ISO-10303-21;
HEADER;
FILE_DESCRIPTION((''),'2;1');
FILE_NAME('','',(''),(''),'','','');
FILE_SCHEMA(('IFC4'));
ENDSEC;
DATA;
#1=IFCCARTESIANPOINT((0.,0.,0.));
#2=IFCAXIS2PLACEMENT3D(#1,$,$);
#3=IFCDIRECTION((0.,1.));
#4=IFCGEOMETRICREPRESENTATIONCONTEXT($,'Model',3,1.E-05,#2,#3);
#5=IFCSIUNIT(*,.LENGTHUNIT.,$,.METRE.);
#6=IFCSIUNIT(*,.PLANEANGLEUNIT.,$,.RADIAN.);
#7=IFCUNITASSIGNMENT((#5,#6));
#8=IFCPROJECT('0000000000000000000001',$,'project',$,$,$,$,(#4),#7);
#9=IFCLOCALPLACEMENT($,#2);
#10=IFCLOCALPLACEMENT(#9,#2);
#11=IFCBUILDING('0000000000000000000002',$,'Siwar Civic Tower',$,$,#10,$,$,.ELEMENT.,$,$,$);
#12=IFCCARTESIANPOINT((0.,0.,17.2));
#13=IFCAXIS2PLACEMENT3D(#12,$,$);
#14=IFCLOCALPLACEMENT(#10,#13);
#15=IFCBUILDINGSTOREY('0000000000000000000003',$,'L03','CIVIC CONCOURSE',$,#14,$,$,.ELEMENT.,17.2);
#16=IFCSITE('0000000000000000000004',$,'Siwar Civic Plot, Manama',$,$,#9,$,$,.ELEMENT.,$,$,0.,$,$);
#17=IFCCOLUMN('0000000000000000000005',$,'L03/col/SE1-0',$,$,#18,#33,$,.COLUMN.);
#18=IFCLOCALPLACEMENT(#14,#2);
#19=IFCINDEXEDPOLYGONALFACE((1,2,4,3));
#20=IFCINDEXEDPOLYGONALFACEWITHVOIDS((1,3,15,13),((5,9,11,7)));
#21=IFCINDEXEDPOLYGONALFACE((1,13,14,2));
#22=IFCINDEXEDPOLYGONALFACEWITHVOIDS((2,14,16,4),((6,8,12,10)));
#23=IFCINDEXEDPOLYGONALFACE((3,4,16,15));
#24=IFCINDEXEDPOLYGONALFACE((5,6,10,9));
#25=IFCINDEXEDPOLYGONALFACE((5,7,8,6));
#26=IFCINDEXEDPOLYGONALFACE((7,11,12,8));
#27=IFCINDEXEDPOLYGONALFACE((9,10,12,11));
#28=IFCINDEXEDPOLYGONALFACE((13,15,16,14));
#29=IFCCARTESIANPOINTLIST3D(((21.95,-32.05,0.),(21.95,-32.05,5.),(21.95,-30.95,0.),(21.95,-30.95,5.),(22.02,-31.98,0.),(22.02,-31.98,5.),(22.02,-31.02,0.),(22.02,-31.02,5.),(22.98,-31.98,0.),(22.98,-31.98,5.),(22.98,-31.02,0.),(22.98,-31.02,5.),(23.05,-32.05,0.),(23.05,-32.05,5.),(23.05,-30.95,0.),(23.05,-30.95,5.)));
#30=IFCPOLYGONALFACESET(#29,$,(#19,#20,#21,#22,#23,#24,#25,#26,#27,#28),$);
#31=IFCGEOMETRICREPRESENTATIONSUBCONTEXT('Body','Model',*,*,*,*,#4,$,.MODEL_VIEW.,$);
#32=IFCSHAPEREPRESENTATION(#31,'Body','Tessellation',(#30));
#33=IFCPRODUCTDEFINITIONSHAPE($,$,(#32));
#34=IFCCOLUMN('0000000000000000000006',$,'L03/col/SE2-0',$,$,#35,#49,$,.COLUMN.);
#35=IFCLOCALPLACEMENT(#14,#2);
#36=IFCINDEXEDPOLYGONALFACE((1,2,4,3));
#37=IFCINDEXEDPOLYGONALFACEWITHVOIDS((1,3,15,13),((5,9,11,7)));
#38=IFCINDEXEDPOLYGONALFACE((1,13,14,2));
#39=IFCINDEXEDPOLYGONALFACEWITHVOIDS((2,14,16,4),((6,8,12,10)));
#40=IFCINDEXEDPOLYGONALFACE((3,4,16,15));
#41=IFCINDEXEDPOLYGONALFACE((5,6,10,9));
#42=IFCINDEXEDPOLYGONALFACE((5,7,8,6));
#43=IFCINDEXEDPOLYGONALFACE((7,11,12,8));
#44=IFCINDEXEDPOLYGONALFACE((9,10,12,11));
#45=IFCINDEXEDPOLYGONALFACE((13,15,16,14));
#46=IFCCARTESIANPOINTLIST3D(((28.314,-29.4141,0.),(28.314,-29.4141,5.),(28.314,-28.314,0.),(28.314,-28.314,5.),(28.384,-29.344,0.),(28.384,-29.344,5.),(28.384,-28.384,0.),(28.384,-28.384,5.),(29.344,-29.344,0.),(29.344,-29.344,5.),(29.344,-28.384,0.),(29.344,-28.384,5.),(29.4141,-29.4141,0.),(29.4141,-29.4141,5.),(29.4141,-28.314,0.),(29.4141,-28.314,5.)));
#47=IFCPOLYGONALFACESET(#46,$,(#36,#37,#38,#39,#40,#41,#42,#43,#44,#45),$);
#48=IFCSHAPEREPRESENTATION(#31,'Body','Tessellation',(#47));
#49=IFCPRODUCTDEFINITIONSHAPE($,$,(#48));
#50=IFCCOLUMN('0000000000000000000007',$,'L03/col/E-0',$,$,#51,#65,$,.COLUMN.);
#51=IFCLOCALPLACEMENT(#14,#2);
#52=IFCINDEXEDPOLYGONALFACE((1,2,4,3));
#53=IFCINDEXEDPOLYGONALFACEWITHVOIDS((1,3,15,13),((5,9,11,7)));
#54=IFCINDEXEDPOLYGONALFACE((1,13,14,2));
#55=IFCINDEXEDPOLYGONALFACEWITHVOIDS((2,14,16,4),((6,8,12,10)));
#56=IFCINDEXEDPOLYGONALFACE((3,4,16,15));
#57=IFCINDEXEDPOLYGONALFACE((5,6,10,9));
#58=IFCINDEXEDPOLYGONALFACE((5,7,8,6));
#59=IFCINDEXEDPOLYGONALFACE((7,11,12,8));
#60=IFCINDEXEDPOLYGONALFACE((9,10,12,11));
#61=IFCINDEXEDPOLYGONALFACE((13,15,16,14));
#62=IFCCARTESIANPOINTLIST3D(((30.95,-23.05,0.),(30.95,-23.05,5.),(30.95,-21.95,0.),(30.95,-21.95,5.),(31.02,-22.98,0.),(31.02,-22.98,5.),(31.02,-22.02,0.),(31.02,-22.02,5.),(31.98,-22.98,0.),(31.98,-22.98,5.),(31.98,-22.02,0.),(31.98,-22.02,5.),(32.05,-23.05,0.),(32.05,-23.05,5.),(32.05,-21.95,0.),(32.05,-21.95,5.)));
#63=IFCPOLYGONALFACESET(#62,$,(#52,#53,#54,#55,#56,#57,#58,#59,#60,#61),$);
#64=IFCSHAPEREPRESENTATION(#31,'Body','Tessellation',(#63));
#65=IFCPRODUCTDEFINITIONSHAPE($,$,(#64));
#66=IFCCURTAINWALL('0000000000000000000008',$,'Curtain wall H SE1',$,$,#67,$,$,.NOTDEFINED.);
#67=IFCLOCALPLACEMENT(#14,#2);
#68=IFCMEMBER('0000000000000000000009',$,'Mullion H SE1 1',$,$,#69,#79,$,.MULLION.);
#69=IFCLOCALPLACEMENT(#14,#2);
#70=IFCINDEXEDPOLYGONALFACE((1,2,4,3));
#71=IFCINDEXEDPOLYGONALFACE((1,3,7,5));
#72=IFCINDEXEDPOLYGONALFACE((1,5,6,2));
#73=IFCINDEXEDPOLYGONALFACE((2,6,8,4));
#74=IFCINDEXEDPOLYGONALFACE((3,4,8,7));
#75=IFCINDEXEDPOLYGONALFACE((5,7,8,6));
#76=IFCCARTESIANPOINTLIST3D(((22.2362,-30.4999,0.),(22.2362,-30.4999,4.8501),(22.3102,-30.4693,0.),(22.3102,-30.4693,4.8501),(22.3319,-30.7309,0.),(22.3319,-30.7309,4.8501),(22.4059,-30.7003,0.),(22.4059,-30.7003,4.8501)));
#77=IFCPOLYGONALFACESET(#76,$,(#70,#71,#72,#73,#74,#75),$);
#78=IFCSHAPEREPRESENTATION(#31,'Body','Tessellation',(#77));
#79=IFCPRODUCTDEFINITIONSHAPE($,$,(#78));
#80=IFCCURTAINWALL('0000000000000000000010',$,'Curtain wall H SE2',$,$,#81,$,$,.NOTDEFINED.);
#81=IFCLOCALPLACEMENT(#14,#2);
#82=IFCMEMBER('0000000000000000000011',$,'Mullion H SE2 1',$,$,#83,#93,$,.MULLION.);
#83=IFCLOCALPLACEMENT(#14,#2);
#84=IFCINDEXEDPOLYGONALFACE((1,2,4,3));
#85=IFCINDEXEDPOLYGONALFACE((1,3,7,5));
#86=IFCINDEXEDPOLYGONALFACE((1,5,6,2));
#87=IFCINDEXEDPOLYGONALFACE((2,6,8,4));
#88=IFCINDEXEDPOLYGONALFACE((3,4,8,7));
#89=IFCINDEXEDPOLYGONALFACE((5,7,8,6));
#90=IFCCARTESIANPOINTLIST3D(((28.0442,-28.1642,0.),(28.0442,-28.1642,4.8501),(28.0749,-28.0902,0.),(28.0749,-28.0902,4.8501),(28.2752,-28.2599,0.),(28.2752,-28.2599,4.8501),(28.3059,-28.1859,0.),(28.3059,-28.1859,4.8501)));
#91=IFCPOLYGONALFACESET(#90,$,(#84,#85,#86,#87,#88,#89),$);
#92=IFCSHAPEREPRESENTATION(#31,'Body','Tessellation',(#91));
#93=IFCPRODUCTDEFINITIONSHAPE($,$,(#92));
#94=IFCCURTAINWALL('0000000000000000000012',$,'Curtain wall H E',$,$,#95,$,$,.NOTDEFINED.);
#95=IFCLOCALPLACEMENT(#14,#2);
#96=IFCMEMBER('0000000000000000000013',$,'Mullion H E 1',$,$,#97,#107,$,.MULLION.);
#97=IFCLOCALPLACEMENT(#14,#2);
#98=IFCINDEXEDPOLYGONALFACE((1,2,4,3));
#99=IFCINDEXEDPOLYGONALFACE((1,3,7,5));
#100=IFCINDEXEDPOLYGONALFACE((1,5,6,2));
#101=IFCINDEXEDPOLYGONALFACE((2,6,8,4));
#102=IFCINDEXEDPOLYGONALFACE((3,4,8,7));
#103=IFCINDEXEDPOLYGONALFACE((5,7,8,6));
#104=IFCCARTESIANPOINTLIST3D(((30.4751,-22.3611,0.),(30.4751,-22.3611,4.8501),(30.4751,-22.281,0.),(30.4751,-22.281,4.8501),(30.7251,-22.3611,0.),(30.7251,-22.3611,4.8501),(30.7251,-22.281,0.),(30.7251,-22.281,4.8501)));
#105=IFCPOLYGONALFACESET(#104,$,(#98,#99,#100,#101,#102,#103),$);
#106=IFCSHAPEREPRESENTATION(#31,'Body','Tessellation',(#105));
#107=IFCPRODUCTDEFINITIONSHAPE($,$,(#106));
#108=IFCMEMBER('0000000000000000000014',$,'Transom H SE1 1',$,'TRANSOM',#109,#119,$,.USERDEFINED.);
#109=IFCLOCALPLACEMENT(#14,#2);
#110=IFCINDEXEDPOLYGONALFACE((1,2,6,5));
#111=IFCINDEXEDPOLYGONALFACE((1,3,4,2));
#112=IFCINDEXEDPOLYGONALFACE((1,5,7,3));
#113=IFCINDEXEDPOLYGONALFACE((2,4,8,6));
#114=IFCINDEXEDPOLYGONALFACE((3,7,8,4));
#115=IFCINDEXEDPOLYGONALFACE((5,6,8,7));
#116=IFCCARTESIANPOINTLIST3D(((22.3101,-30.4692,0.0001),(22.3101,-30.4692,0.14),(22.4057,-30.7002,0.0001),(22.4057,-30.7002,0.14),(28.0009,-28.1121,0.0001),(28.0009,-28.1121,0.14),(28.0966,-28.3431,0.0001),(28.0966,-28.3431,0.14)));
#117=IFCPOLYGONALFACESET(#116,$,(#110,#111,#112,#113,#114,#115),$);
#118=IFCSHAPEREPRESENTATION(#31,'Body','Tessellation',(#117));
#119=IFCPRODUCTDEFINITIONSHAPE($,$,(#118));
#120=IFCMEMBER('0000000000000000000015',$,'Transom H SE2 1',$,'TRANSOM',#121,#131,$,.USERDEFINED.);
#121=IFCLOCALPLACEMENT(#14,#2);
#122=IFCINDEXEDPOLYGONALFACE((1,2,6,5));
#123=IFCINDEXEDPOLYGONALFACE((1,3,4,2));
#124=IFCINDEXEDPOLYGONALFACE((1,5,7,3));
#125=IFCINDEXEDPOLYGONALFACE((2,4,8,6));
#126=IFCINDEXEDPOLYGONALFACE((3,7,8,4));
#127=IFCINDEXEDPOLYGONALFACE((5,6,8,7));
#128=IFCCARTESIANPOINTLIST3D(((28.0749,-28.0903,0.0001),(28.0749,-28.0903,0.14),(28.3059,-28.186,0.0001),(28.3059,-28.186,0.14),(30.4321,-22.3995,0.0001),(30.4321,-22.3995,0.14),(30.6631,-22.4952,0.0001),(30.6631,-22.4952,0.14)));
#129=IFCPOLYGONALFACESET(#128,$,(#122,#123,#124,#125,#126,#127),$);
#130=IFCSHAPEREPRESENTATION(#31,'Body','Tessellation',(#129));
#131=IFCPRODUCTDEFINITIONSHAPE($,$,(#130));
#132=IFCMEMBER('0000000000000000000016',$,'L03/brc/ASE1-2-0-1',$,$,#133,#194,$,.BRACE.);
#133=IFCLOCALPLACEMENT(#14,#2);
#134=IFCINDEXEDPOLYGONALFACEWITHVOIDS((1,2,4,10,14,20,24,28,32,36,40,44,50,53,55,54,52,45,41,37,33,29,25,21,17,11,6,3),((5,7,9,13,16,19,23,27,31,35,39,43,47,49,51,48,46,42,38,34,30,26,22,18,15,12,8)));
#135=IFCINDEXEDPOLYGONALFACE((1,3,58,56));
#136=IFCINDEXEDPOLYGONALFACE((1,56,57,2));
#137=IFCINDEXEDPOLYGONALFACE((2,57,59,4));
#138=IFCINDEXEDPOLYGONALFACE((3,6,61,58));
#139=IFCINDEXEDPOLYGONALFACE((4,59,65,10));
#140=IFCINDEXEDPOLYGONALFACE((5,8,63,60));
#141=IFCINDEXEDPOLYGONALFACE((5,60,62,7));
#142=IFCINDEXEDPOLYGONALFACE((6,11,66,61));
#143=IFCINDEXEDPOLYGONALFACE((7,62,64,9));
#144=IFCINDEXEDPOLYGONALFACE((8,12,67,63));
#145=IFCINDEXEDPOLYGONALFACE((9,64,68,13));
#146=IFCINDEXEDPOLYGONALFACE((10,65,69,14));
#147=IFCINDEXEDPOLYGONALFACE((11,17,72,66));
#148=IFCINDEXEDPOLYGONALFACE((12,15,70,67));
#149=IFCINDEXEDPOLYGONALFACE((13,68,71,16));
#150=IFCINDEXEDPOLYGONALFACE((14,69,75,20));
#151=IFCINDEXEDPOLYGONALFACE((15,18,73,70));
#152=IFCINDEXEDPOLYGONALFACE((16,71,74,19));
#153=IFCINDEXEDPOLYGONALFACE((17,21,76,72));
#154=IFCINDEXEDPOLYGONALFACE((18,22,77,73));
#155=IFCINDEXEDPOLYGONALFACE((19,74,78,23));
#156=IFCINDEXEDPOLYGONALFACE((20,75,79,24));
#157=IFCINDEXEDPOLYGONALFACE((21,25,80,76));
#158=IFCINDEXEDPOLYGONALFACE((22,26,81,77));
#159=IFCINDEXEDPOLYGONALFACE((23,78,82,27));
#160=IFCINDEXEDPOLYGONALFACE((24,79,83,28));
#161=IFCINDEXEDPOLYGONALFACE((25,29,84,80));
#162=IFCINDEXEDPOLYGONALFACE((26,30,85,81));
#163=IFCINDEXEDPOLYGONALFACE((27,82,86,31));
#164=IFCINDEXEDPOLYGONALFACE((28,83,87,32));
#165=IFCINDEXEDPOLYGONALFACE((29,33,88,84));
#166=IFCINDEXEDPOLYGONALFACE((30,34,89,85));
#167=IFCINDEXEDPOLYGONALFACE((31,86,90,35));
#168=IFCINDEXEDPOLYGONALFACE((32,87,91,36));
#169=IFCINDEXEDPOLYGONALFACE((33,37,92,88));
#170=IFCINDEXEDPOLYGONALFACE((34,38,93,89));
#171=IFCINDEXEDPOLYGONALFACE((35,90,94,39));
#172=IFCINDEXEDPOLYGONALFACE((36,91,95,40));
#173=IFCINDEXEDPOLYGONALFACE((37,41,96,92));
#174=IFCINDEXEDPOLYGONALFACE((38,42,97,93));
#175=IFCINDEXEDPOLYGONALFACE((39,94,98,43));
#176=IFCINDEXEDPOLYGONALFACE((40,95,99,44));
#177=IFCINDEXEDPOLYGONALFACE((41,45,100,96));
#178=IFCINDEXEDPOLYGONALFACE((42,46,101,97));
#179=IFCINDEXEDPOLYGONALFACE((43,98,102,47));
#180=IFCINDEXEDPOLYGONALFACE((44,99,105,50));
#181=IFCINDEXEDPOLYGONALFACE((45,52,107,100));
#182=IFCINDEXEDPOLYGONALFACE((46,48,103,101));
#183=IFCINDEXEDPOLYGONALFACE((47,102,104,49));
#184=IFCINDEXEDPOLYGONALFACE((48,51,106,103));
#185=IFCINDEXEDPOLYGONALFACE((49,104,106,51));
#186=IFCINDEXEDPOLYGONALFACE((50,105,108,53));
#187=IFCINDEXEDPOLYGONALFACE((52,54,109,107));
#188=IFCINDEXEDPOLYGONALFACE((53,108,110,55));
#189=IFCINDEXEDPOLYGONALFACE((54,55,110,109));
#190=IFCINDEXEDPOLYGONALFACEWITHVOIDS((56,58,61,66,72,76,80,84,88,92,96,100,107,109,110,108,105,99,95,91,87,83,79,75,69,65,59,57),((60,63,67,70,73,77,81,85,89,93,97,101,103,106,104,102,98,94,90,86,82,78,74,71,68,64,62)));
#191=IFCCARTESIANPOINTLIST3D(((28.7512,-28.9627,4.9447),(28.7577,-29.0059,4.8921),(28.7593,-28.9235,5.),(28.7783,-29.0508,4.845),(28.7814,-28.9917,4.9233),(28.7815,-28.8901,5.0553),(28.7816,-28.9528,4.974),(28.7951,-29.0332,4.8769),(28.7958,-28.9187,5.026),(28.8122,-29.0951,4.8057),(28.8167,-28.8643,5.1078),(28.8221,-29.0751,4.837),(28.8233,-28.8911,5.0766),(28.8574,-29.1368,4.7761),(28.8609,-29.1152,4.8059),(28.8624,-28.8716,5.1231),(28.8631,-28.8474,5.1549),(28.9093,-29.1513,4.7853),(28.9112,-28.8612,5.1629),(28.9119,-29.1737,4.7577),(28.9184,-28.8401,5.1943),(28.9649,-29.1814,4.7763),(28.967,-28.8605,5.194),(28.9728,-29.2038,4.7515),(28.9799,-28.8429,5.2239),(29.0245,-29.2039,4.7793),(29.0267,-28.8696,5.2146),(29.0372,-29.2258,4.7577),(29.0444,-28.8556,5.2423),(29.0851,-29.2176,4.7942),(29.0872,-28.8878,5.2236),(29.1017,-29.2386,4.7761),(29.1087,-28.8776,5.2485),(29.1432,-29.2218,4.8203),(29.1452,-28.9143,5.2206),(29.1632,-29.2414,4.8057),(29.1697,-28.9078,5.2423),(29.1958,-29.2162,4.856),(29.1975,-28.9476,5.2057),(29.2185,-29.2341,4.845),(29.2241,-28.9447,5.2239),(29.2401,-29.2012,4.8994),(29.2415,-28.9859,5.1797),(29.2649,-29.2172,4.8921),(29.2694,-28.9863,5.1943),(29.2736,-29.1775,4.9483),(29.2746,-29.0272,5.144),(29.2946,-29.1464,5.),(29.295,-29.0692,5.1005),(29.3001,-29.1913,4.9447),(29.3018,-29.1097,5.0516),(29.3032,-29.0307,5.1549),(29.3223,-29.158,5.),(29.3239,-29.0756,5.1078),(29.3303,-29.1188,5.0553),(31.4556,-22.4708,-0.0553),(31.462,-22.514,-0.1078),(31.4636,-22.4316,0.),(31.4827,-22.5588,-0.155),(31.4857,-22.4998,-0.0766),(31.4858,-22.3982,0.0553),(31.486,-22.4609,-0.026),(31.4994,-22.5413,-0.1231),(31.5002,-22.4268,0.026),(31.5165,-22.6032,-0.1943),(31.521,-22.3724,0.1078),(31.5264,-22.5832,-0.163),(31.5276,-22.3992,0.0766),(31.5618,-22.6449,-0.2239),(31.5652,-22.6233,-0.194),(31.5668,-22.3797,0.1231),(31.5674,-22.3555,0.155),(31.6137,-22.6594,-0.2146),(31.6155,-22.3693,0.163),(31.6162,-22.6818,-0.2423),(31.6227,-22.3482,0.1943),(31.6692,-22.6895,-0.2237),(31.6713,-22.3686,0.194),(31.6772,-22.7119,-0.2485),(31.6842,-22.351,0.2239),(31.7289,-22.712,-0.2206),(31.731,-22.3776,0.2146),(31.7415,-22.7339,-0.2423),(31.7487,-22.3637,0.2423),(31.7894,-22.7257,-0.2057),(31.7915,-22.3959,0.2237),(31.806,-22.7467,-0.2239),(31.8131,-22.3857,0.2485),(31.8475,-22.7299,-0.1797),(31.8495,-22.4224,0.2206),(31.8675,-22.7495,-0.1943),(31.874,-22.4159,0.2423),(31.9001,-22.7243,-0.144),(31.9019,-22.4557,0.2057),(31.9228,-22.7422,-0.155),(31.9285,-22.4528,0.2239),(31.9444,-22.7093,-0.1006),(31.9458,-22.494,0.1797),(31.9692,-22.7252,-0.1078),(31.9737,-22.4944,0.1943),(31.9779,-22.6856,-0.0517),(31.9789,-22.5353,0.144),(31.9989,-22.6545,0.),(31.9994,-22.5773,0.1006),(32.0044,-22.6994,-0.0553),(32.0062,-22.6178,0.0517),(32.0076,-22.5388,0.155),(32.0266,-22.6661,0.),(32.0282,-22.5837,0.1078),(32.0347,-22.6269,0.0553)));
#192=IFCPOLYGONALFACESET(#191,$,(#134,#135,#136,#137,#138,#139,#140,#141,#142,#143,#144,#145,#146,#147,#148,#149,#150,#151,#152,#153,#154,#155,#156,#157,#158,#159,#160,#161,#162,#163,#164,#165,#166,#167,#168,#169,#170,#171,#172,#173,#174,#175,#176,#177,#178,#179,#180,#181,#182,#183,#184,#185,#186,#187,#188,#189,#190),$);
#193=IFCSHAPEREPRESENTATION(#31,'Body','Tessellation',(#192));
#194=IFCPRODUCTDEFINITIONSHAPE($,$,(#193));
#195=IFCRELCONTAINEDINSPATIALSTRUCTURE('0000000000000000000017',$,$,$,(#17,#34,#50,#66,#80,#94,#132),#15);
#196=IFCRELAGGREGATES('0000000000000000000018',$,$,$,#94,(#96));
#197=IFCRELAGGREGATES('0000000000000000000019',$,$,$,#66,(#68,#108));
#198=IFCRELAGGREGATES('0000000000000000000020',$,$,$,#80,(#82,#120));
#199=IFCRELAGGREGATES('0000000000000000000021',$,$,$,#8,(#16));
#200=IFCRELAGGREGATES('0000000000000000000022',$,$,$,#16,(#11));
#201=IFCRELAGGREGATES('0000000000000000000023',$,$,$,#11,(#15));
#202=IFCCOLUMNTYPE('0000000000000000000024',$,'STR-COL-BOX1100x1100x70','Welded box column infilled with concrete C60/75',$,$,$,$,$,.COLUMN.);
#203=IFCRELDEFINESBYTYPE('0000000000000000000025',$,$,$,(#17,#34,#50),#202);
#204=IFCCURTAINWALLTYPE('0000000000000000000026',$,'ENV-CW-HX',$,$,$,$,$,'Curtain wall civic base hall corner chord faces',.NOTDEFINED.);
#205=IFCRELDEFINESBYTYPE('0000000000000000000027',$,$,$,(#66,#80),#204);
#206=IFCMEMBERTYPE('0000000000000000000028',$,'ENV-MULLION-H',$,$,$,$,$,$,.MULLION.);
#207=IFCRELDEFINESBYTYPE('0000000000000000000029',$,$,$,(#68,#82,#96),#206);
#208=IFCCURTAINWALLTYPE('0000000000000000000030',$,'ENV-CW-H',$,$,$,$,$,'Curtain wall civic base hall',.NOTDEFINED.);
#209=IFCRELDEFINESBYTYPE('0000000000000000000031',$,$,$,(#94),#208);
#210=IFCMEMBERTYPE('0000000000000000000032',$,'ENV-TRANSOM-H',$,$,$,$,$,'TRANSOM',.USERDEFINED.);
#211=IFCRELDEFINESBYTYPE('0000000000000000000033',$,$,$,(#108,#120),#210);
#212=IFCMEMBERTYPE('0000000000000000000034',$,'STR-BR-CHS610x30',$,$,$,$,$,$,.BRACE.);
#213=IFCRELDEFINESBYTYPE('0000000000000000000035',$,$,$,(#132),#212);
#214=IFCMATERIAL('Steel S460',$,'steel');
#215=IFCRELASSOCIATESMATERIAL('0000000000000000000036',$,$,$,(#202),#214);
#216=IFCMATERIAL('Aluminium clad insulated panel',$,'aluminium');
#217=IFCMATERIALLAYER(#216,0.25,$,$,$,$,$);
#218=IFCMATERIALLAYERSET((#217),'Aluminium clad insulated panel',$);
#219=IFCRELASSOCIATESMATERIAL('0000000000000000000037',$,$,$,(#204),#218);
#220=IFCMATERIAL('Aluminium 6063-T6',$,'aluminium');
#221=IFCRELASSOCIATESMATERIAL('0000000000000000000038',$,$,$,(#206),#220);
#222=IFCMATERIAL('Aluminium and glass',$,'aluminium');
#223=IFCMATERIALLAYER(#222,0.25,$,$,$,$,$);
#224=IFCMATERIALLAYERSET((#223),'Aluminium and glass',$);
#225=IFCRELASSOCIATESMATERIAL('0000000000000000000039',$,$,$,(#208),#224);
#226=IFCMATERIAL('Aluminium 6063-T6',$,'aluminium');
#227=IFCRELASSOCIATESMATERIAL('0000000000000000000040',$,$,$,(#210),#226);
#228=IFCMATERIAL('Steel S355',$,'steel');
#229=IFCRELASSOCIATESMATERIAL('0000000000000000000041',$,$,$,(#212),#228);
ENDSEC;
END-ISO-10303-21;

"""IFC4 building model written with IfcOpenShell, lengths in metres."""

from ifc_helpers import new_model, si_unit, direction, frame, origin, origin_2d, place, context, subcontext, project, spatial, rectangle, hollow_rectangle, hollow_circle, extrude, material, layer, layer_set, material_profile, profile_set, type_object, element, aggregate, save


model = new_model("IFC4")

# Units and contexts
model_context = context("Model", 3, precision=1e-05, world=origin(), true_north=direction((0.0, 1.0)))
body_context = subcontext(model_context, "Body", "Model", "MODEL_VIEW")
ifc_project = project(units=[si_unit("LENGTHUNIT", "METRE"), si_unit("PLANEANGLEUNIT", "RADIAN")], contexts=[model_context])

# Site, building, storey
site_placement = place(None, origin())
site = spatial("IfcSite", under=ifc_project, at=site_placement, Name="Siwar Civic Plot, Manama", CompositionType="ELEMENT", RefElevation=0.0)
building_placement = place(site_placement, origin())
building = spatial("IfcBuilding", under=site, at=building_placement, Name="Siwar Civic Tower", CompositionType="ELEMENT")
storey_placement = place(building_placement, frame((0.0, 0.0, 17.2)))
storey = spatial("IfcBuildingStorey", under=building, at=storey_placement, Name="L03", Description="CIVIC CONCOURSE", CompositionType="ELEMENT", Elevation=17.2)

# Columns
ifc_material_1 = material(Name="Steel S460", Category="steel")
ifc_material_profile_1 = material_profile(ifc_material_1, hollow_rectangle(XDim=1.1001, YDim=1.1001, WallThickness=0.0701, at=origin_2d()), Name="BOX1100x1100x70")
ifc_profile_set_1 = profile_set([ifc_material_profile_1], Name="Steel S460")
column_type = type_object("IfcColumnType", Name="STR-COL-BOX1100x1100x70", Description="Welded box column infilled with concrete C60/75", PredefinedType="COLUMN", material=ifc_profile_set_1)
for number, where, z_axis, x_axis, name in (
    (1, (22.5, -31.5, 0.0), (0.0, 0.0, 1.0), (1.0, 0.0, 0.0), "L03/col/SE1-0"),
    (2, (28.864, -28.864, 0.0), (0.0, 0.0, 1.0), (1.0, 0.0, 0.0), "L03/col/SE2-0"),
    (3, (31.5, -22.5, 0.0), (0.0, 0.0, 1.0), (1.0, 0.0, 0.0), "L03/col/E-0"),
):
    element("IfcColumn", number, at=place(storey_placement, frame(where, z_axis=z_axis, x_axis=x_axis)), inside=storey, type_object=column_type, Name=name, PredefinedType="COLUMN", context=body_context, shape_type="SweptSolid", body=[
        extrude(hollow_rectangle(XDim=1.1001, YDim=1.1001, WallThickness=0.0701, at=origin_2d()), origin(), (0.0, 0.0, 1.0), 5.0),
    ])

# Curtain walls, members
ifc_material_2 = material(Name="Aluminium clad insulated panel", Category="aluminium")
ifc_layer_1 = layer(ifc_material_2, 0.25)
ifc_layer_set_1 = layer_set([ifc_layer_1], Name="Aluminium clad insulated panel")
curtain_wall_type_1 = type_object("IfcCurtainWallType", Name="ENV-CW-HX", ElementType="Curtain wall civic base hall corner chord faces", PredefinedType="NOTDEFINED", material=ifc_layer_set_1)
curtain_wall_1_placement = place(storey_placement, origin())
curtain_wall_1 = element("IfcCurtainWall", 4, at=curtain_wall_1_placement, inside=storey, type_object=curtain_wall_type_1, Name="Curtain wall H SE1", PredefinedType="NOTDEFINED")
ifc_material_3 = material(Name="Aluminium 6063-T6", Category="aluminium")
ifc_material_profile_2 = material_profile(ifc_material_3, rectangle(XDim=0.25, YDim=0.0801, at=origin_2d()), Name="AL 250x80")
ifc_profile_set_2 = profile_set([ifc_material_profile_2], Name="Aluminium 6063-T6")
member_type_1 = type_object("IfcMemberType", Name="ENV-MULLION-H", PredefinedType="MULLION", material=ifc_profile_set_2)
member_1_placement = place(storey_placement, frame((22.321, -30.6001, 0.0), z_axis=(0.0, 0.0, 1.0), x_axis=(-0.382683, 0.92388, 0.0)))
member_1 = element("IfcMember", 5, at=member_1_placement, type_object=member_type_1, Name="Mullion H SE1 1", PredefinedType="MULLION", context=body_context, shape_type="SweptSolid", body=[
    extrude(rectangle(XDim=0.25, YDim=0.0801, at=origin_2d()), origin(), (0.0, 0.0, 1.0), 4.8501),
])
curtain_wall_2_placement = place(storey_placement, origin())
curtain_wall_2 = element("IfcCurtainWall", 6, at=curtain_wall_2_placement, inside=storey, type_object=curtain_wall_type_1, Name="Curtain wall H SE2", PredefinedType="NOTDEFINED")
member_2_placement = place(storey_placement, frame((28.175, -28.175, 0.0), z_axis=(0.0, 0.0, 1.0), x_axis=(-0.92388, 0.382683, 0.0)))
member_2 = element("IfcMember", 7, at=member_2_placement, type_object=member_type_1, Name="Mullion H SE2 1", PredefinedType="MULLION", context=body_context, shape_type="SweptSolid", body=[
    extrude(rectangle(XDim=0.25, YDim=0.0801, at=origin_2d()), origin(), (0.0, 0.0, 1.0), 4.8501),
])
ifc_material_4 = material(Name="Aluminium and glass", Category="aluminium")
ifc_layer_2 = layer(ifc_material_4, 0.25)
ifc_layer_set_2 = layer_set([ifc_layer_2], Name="Aluminium and glass")
curtain_wall_type_2 = type_object("IfcCurtainWallType", Name="ENV-CW-H", ElementType="Curtain wall civic base hall", PredefinedType="NOTDEFINED", material=ifc_layer_set_2)
curtain_wall_3_placement = place(storey_placement, origin())
curtain_wall_3 = element("IfcCurtainWall", 8, at=curtain_wall_3_placement, inside=storey, type_object=curtain_wall_type_2, Name="Curtain wall H E", PredefinedType="NOTDEFINED")
member_3_placement = place(storey_placement, frame((30.6001, -22.321, 0.0), z_axis=(0.0, 0.0, 1.0), x_axis=(-1.0, 0.0, 0.0)))
member_3 = element("IfcMember", 9, at=member_3_placement, type_object=member_type_1, Name="Mullion H E 1", PredefinedType="MULLION", context=body_context, shape_type="SweptSolid", body=[
    extrude(rectangle(XDim=0.25, YDim=0.0801, at=origin_2d()), origin(), (0.0, 0.0, 1.0), 4.8501),
])
aggregate(curtain_wall_3, [member_3])

# Members
ifc_material_5 = material(Name="Aluminium 6063-T6", Category="aluminium")
ifc_material_profile_3 = material_profile(ifc_material_5, rectangle(XDim=0.25, YDim=0.1399, at=origin_2d()), Name="AL 250x140")
ifc_profile_set_3 = profile_set([ifc_material_profile_3], Name="Aluminium 6063-T6")
member_type_2 = type_object("IfcMemberType", Name="ENV-TRANSOM-H", ElementType="TRANSOM", PredefinedType="USERDEFINED", material=ifc_profile_set_3)
member_4_placement = place(storey_placement, frame((22.3579, -30.5847, 0.0701), z_axis=(0.923884, 0.382673, 0.0), x_axis=(-0.382673, 0.923884, 0.0)))
member_4 = element("IfcMember", 10, at=member_4_placement, type_object=member_type_2, Name="Transom H SE1 1", ObjectType="TRANSOM", PredefinedType="USERDEFINED", context=body_context, shape_type="SweptSolid", body=[
    extrude(rectangle(XDim=0.25, YDim=0.1399, at=origin_2d()), origin(), (0.0, 0.0, 1.0), 6.1597),
])
member_5_placement = place(storey_placement, frame((28.1904, -28.1382, 0.0701), z_axis=(0.382673, 0.923884, 0.0), x_axis=(-0.923884, 0.382673, 0.0)))
member_5 = element("IfcMember", 11, at=member_5_placement, type_object=member_type_2, Name="Transom H SE2 1", ObjectType="TRANSOM", PredefinedType="USERDEFINED", context=body_context, shape_type="SweptSolid", body=[
    extrude(rectangle(XDim=0.25, YDim=0.1399, at=origin_2d()), origin(), (0.0, 0.0, 1.0), 6.1597),
])

# Member
ifc_material_6 = material(Name="Steel S355", Category="steel")
ifc_material_profile_4 = material_profile(ifc_material_6, hollow_circle(Radius=0.3049, WallThickness=0.03, at=origin_2d()), Name="CHS610x30")
ifc_profile_set_4 = profile_set([ifc_material_profile_4], Name="Steel S355")
member_type_3 = type_object("IfcMemberType", Name="STR-BR-CHS610x30", PredefinedType="BRACE", material=ifc_profile_set_4)
member_6_placement = place(storey_placement, frame((31.7451, -22.5488, 0.0), z_axis=(-0.313404, -0.752344, 0.579445), x_axis=(0.923109, -0.384539, 0.0)))
element("IfcMember", 12, at=member_6_placement, inside=storey, type_object=member_type_3, Name="L03/brc/ASE1-2-0-1", PredefinedType="BRACE", context=body_context, shape_type="SweptSolid", body=[
    extrude(hollow_circle(Radius=0.3049, WallThickness=0.03, at=origin_2d()), origin(), (0.0, 0.0, 1.0), 8.6289),
])

aggregate(curtain_wall_1, [member_1, member_4])
aggregate(curtain_wall_2, [member_2, member_5])

save(model, "model.ifc")
